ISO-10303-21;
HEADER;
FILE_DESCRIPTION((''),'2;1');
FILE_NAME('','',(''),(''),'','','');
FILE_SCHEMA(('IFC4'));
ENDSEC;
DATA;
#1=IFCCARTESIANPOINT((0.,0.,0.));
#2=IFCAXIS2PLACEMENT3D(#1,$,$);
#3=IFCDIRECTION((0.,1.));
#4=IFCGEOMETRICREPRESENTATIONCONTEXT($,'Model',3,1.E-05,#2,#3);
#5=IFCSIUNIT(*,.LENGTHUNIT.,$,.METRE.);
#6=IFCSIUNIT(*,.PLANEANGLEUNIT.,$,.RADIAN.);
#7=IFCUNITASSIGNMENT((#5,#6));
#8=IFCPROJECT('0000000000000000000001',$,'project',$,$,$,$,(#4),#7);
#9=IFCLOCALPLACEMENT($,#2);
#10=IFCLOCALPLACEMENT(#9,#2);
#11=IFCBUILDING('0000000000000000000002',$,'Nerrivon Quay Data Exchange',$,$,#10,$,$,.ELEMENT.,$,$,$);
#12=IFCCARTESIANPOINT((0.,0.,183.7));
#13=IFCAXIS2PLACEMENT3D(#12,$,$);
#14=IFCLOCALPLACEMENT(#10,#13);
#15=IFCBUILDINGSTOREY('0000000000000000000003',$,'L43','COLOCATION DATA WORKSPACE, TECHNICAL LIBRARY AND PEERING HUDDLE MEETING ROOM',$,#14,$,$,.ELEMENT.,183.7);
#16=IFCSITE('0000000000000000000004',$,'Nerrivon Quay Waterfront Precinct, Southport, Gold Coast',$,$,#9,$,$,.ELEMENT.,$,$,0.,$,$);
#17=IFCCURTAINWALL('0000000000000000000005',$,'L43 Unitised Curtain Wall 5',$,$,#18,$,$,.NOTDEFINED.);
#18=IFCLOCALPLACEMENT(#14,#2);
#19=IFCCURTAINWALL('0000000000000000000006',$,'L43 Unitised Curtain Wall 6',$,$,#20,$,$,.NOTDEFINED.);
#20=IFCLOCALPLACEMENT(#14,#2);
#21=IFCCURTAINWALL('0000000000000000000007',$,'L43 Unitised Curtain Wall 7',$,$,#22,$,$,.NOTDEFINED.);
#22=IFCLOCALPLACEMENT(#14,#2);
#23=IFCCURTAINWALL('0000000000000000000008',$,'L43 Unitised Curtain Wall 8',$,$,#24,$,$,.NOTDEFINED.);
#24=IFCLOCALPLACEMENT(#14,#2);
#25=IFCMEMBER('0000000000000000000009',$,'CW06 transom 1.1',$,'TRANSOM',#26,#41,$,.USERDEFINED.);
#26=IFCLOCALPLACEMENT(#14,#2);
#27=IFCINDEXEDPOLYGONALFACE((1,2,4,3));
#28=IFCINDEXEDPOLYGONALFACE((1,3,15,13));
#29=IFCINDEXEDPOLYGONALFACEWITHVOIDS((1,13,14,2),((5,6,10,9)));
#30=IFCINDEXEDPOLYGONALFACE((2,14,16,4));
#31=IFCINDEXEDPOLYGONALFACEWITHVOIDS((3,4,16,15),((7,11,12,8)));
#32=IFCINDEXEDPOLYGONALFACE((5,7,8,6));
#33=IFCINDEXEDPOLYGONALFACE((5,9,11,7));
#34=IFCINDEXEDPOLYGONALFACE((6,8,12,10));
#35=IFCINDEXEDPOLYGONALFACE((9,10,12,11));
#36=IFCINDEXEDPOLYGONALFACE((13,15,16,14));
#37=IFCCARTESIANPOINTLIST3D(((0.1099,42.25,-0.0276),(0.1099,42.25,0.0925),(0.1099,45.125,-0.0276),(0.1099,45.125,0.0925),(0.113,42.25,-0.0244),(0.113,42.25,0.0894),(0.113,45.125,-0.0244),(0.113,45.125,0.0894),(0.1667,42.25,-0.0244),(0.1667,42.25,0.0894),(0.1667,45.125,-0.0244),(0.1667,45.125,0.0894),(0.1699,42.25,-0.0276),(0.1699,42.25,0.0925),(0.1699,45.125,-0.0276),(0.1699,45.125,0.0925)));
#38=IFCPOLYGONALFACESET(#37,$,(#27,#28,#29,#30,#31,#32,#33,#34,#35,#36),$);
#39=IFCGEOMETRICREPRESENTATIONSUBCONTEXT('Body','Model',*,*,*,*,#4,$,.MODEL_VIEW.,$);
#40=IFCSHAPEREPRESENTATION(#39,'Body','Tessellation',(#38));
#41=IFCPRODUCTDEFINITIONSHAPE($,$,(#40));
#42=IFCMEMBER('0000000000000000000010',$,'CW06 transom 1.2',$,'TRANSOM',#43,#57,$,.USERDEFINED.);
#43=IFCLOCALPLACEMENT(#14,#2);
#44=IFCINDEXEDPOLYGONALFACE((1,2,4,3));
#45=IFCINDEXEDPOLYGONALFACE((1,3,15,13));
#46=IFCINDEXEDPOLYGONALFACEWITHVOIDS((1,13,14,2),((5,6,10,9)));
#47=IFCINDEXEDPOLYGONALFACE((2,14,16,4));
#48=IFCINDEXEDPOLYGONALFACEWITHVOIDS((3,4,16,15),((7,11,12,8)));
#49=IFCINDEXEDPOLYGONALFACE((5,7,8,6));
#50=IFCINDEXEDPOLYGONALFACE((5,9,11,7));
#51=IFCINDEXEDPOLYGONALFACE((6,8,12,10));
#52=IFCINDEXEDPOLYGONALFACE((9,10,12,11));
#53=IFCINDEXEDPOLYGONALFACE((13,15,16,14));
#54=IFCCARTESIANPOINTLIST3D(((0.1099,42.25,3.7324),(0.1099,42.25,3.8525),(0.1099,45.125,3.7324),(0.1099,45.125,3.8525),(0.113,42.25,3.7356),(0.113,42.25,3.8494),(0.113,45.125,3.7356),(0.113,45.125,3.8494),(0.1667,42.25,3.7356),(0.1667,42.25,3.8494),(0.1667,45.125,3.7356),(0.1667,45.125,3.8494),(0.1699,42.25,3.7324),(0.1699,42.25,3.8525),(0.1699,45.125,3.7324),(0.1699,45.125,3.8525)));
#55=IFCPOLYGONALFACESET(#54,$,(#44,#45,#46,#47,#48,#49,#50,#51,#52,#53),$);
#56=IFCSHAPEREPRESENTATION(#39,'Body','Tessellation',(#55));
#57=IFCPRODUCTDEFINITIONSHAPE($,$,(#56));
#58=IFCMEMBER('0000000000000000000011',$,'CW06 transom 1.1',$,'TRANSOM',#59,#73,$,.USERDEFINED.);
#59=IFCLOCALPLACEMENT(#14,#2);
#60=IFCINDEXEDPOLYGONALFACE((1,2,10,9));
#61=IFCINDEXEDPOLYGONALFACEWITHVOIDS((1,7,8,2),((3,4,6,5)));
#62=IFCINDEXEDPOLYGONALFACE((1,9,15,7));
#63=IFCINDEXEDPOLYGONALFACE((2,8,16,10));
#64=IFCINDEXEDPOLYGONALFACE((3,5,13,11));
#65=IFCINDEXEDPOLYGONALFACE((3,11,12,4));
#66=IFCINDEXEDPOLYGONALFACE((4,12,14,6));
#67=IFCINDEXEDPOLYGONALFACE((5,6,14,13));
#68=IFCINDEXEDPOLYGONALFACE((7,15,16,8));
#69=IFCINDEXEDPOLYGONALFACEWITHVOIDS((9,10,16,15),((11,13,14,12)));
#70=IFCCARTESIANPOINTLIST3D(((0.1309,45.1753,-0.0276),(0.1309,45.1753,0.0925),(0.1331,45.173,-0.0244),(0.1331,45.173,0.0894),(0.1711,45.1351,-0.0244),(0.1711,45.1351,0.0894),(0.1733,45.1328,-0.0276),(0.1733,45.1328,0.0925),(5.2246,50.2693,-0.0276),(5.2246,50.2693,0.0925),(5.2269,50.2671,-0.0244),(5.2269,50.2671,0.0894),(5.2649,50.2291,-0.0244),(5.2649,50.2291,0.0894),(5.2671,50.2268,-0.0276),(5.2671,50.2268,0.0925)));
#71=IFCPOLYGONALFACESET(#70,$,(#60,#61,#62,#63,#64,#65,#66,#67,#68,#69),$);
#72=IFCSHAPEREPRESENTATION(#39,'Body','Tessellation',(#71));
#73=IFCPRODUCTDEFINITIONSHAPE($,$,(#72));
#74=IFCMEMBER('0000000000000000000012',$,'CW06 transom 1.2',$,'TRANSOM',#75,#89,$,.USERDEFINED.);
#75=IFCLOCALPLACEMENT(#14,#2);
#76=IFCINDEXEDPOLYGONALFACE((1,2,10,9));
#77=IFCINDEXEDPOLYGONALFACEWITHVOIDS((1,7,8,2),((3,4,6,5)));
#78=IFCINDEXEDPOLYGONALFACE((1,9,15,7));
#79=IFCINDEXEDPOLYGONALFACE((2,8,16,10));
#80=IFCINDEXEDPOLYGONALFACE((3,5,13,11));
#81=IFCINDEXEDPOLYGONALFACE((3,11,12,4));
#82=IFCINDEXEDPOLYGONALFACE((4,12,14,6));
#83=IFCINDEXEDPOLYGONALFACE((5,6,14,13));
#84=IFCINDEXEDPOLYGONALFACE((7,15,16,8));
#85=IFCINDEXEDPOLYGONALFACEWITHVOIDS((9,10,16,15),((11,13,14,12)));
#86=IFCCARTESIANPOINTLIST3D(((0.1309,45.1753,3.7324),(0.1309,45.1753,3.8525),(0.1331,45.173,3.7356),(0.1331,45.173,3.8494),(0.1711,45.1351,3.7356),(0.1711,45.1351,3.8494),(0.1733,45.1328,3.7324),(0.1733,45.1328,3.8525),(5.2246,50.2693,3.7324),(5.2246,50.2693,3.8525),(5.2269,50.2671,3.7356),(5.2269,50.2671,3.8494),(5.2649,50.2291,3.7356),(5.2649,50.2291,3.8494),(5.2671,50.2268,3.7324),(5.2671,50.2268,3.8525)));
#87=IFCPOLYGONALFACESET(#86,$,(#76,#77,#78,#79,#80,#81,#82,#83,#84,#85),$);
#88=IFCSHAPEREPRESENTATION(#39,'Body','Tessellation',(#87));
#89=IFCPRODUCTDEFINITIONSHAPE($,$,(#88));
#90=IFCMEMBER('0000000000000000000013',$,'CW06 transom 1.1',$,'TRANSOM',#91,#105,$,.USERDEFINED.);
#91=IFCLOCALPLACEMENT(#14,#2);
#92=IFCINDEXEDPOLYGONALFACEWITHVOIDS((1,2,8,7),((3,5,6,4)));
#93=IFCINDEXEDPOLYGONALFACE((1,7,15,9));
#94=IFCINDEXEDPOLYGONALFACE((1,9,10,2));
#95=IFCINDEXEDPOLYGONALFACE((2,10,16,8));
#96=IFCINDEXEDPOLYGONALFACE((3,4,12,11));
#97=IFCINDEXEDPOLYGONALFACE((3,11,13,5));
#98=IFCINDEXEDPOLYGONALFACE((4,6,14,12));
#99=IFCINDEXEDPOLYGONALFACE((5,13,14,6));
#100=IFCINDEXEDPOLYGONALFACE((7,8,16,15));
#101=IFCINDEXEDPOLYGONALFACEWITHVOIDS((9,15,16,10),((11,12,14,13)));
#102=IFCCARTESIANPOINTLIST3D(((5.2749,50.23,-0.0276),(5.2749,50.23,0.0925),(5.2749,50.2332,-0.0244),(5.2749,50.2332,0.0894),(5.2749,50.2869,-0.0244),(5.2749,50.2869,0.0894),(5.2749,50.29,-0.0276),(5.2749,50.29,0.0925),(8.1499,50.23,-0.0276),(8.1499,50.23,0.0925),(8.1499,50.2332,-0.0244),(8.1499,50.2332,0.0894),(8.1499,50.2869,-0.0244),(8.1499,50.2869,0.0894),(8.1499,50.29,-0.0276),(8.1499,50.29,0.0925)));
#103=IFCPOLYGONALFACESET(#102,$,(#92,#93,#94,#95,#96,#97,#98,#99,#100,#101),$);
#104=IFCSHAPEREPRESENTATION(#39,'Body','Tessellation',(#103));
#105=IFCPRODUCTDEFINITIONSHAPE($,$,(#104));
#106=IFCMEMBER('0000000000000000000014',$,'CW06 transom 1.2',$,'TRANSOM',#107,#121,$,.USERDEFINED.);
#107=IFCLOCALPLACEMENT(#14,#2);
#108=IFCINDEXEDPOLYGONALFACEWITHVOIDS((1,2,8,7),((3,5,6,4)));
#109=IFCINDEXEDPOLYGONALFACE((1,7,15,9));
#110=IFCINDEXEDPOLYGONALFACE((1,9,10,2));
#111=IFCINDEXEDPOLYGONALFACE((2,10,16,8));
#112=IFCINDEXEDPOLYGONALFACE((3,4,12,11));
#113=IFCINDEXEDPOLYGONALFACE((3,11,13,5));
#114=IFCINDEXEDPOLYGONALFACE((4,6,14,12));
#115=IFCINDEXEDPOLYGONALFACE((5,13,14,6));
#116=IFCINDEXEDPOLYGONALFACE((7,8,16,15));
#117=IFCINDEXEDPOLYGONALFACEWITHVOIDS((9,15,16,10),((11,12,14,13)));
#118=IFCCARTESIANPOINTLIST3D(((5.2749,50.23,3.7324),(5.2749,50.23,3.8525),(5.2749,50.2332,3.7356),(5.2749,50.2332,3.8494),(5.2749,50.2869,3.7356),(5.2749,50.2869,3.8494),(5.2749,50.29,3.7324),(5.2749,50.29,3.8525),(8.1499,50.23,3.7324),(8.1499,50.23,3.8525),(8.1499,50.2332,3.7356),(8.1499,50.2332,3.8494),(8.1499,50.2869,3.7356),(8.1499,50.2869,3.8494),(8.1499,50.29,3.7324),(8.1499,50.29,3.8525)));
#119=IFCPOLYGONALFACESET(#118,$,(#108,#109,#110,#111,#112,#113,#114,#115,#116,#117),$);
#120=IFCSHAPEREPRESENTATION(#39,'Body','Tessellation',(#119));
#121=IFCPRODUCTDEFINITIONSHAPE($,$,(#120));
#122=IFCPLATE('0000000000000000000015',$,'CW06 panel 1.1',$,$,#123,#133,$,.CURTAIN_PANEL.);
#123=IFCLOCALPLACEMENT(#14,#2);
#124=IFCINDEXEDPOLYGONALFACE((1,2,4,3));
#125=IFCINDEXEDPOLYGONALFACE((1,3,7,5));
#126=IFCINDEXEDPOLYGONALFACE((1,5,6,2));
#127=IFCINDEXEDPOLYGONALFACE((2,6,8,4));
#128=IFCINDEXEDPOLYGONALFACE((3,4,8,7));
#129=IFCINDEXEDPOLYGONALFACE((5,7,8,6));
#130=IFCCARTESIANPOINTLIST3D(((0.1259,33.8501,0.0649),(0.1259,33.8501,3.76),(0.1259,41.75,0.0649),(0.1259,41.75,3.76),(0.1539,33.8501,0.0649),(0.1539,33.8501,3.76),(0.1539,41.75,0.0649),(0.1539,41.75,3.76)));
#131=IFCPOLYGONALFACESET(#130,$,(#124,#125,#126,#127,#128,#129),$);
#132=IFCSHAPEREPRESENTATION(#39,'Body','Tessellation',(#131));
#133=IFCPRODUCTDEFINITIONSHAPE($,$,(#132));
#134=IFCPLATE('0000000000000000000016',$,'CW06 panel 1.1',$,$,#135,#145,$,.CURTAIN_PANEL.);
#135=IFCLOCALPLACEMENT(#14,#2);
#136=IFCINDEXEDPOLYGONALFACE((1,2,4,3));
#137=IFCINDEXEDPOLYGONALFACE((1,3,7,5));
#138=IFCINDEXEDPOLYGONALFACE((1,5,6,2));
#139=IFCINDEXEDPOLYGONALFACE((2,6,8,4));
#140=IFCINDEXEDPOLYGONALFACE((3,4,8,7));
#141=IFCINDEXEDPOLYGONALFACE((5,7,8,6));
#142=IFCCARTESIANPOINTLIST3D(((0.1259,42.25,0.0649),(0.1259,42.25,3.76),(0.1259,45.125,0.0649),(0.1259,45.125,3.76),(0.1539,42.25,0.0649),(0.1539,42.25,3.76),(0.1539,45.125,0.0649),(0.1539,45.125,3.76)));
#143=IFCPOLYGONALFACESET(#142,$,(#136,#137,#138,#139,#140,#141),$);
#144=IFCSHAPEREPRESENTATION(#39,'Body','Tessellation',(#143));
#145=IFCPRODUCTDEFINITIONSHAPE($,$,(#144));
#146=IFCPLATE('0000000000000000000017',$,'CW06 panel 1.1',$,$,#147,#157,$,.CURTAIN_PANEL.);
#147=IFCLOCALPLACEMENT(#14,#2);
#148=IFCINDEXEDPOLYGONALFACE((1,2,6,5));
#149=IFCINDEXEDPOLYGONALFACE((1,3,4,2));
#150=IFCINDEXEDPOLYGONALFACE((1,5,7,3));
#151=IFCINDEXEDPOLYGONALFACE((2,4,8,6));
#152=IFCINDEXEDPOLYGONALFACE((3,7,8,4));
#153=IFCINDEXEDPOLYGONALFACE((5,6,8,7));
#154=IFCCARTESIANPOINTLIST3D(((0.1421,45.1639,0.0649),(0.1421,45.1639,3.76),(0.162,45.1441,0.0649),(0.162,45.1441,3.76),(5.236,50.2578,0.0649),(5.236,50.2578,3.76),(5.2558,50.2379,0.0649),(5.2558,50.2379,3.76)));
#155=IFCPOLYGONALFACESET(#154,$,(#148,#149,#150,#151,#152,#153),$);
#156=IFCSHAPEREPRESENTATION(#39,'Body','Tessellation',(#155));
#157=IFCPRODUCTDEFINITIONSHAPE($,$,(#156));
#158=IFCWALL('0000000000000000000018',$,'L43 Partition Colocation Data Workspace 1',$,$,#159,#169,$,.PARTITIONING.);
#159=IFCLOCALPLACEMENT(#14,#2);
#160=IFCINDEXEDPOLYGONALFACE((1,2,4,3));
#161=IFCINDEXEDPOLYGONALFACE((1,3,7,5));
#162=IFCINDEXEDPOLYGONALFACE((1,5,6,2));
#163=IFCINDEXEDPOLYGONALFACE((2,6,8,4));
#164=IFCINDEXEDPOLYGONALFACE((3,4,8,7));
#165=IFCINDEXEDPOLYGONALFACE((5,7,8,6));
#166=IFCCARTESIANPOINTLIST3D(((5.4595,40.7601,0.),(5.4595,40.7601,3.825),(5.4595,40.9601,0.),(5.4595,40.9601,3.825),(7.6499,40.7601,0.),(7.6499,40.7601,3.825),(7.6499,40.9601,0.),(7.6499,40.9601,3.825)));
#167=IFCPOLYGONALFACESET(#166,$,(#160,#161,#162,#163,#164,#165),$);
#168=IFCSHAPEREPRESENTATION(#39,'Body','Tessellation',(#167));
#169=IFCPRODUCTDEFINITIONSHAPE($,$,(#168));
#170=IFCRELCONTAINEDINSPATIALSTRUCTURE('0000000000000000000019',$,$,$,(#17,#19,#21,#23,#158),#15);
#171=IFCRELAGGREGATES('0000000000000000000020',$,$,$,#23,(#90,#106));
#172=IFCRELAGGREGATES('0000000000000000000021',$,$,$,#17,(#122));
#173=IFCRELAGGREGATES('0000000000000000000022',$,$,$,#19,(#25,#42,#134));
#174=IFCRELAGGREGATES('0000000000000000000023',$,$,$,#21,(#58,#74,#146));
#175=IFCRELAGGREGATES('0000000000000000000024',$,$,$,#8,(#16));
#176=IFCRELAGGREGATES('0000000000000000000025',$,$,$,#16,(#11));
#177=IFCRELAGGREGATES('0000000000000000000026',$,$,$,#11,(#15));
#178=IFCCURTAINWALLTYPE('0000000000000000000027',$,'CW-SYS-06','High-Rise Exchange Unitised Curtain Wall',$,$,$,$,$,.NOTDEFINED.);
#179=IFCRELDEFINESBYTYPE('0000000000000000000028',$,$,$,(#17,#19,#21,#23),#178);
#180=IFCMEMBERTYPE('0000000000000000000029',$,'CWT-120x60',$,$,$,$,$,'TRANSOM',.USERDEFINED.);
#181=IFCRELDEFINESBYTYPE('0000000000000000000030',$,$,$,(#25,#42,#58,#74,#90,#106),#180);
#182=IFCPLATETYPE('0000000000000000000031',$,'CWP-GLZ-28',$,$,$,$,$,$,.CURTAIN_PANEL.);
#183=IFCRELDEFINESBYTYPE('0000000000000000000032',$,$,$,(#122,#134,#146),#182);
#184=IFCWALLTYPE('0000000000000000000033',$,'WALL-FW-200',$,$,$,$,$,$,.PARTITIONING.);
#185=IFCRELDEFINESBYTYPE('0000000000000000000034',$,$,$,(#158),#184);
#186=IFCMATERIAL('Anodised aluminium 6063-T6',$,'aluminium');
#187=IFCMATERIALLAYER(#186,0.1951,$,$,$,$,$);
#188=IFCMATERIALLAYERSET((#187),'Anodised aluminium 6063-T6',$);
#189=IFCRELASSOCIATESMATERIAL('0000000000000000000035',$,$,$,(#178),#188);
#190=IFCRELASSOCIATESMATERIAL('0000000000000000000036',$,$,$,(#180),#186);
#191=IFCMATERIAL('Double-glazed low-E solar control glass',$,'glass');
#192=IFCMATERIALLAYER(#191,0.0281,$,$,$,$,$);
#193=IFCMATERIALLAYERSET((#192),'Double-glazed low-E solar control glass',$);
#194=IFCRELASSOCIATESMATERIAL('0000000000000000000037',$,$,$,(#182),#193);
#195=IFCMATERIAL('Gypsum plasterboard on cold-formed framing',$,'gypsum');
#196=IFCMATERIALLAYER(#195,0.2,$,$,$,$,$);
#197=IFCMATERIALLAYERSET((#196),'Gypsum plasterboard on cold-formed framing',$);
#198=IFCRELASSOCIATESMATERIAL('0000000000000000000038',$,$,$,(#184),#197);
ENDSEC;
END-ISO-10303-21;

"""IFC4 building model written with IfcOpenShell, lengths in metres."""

from ifc_helpers import new_model, si_unit, direction, frame, frame_2d, origin, origin_2d, place, context, subcontext, project, spatial, rectangle, hollow_rectangle, extrude, material, layer, layer_set, material_profile, profile_set, type_object, element, aggregate, save


model = new_model("IFC4")

# Units and contexts
model_context = context("Model", 3, precision=1e-05, world=origin(), true_north=direction((0.0, 1.0)))
body_context = subcontext(model_context, "Body", "Model", "MODEL_VIEW")
ifc_project = project(units=[si_unit("LENGTHUNIT", "METRE"), si_unit("PLANEANGLEUNIT", "RADIAN")], contexts=[model_context])

# Site, building, storey
site_placement = place(None, origin())
site = spatial("IfcSite", under=ifc_project, at=site_placement, Name="Nerrivon Quay Waterfront Precinct, Southport, Gold Coast", CompositionType="ELEMENT", RefElevation=0.0)
building_placement = place(site_placement, origin())
building = spatial("IfcBuilding", under=site, at=building_placement, Name="Nerrivon Quay Data Exchange", CompositionType="ELEMENT")
storey_placement = place(building_placement, frame((0.0, 0.0, 183.7)))
storey = spatial("IfcBuildingStorey", under=building, at=storey_placement, Name="L43", Description="COLOCATION DATA WORKSPACE, TECHNICAL LIBRARY AND PEERING HUDDLE MEETING ROOM", CompositionType="ELEMENT", Elevation=183.7)

# Curtain wall
ifc_material_1 = material(Name="Anodised aluminium 6063-T6", Category="aluminium")
ifc_layer_1 = layer(ifc_material_1, 0.1951)
ifc_layer_set_1 = layer_set([ifc_layer_1], Name="Anodised aluminium 6063-T6")
curtain_wall_type = type_object("IfcCurtainWallType", Name="CW-SYS-06", Description="High-Rise Exchange Unitised Curtain Wall", PredefinedType="NOTDEFINED", material=ifc_layer_set_1)
curtain_wall_1_placement = place(storey_placement, origin())
curtain_wall_1 = element("IfcCurtainWall", 1, at=curtain_wall_1_placement, inside=storey, type_object=curtain_wall_type, Name="L43 Unitised Curtain Wall 5", PredefinedType="NOTDEFINED")

# Curtain walls
curtain_wall_2_placement = place(storey_placement, origin())
curtain_wall_2 = element("IfcCurtainWall", 2, at=curtain_wall_2_placement, inside=storey, type_object=curtain_wall_type, Name="L43 Unitised Curtain Wall 6", PredefinedType="NOTDEFINED")
curtain_wall_3_placement = place(storey_placement, origin())
curtain_wall_3 = element("IfcCurtainWall", 3, at=curtain_wall_3_placement, inside=storey, type_object=curtain_wall_type, Name="L43 Unitised Curtain Wall 7", PredefinedType="NOTDEFINED")

# Curtain wall
curtain_wall_4_placement = place(storey_placement, origin())
curtain_wall_4 = element("IfcCurtainWall", 4, at=curtain_wall_4_placement, inside=storey, type_object=curtain_wall_type, Name="L43 Unitised Curtain Wall 8", PredefinedType="NOTDEFINED")

# Members
ifc_material_profile_1 = material_profile(ifc_material_1, hollow_rectangle(XDim=0.0601, YDim=0.1201, WallThickness=0.0032, at=origin_2d()), Name="ALU-TRAN-120x60")
ifc_profile_set_1 = profile_set([ifc_material_profile_1], Name="Anodised aluminium 6063-T6")
member_type_1 = type_object("IfcMemberType", Name="CWT-120x60", ElementType="TRANSOM", PredefinedType="USERDEFINED", material=ifc_profile_set_1)
member_1_placement = place(storey_placement, frame((0.1399, 42.25, 0.0325), z_axis=(0.0, 1.0, 0.0), x_axis=(-1.0, 0.0, 0.0)))
member_1 = element("IfcMember", 5, at=member_1_placement, type_object=member_type_1, Name="CW06 transom 1.1", ObjectType="TRANSOM", PredefinedType="USERDEFINED", context=body_context, shape_type="SweptSolid", body=[
    extrude(hollow_rectangle(XDim=0.0601, YDim=0.1201, WallThickness=0.0032, at=origin_2d()), origin(), (0.0, 0.0, 1.0), 2.875),
])
member_2_placement = place(storey_placement, frame((0.1399, 42.25, 3.7925), z_axis=(0.0, 1.0, 0.0), x_axis=(-1.0, 0.0, 0.0)))
member_2 = element("IfcMember", 6, at=member_2_placement, type_object=member_type_1, Name="CW06 transom 1.2", ObjectType="TRANSOM", PredefinedType="USERDEFINED", context=body_context, shape_type="SweptSolid", body=[
    extrude(hollow_rectangle(XDim=0.0601, YDim=0.1201, WallThickness=0.0032, at=origin_2d()), origin(), (0.0, 0.0, 1.0), 2.875),
])
member_3_placement = place(storey_placement, frame((0.1521, 45.1541, 0.0325), z_axis=(0.70709, 0.707124, 0.0), x_axis=(-0.707124, 0.70709, 0.0)))
member_3 = element("IfcMember", 7, at=member_3_placement, type_object=member_type_1, Name="CW06 transom 1.1", ObjectType="TRANSOM", PredefinedType="USERDEFINED", context=body_context, shape_type="SweptSolid", body=[
    extrude(hollow_rectangle(XDim=0.0601, YDim=0.1201, WallThickness=0.0032, at=origin_2d()), origin(), (0.0, 0.0, 1.0), 7.2039),
])
member_4_placement = place(storey_placement, frame((0.1521, 45.1541, 3.7925), z_axis=(0.70709, 0.707124, 0.0), x_axis=(-0.707124, 0.70709, 0.0)))
member_4 = element("IfcMember", 8, at=member_4_placement, type_object=member_type_1, Name="CW06 transom 1.2", ObjectType="TRANSOM", PredefinedType="USERDEFINED", context=body_context, shape_type="SweptSolid", body=[
    extrude(hollow_rectangle(XDim=0.0601, YDim=0.1201, WallThickness=0.0032, at=origin_2d()), origin(), (0.0, 0.0, 1.0), 7.2039),
])
member_5_placement = place(storey_placement, frame((5.2749, 50.26, 0.0325), z_axis=(1.0, 0.0, 0.0), x_axis=(0.0, 1.0, 0.0)))
member_5 = element("IfcMember", 9, at=member_5_placement, type_object=member_type_1, Name="CW06 transom 1.1", ObjectType="TRANSOM", PredefinedType="USERDEFINED", context=body_context, shape_type="SweptSolid", body=[
    extrude(hollow_rectangle(XDim=0.0601, YDim=0.1201, WallThickness=0.0032, at=origin_2d()), origin(), (0.0, 0.0, 1.0), 2.875),
])
member_6_placement = place(storey_placement, frame((5.2749, 50.26, 3.7925), z_axis=(1.0, 0.0, 0.0), x_axis=(0.0, 1.0, 0.0)))
member_6 = element("IfcMember", 10, at=member_6_placement, type_object=member_type_1, Name="CW06 transom 1.2", ObjectType="TRANSOM", PredefinedType="USERDEFINED", context=body_context, shape_type="SweptSolid", body=[
    extrude(hollow_rectangle(XDim=0.0601, YDim=0.1201, WallThickness=0.0032, at=origin_2d()), origin(), (0.0, 0.0, 1.0), 2.875),
])
aggregate(curtain_wall_4, [member_5, member_6])

# Plates
ifc_material_2 = material(Name="Double-glazed low-E solar control glass", Category="glass")
ifc_layer_2 = layer(ifc_material_2, 0.0281)
ifc_layer_set_2 = layer_set([ifc_layer_2], Name="Double-glazed low-E solar control glass")
plate_type = type_object("IfcPlateType", Name="CWP-GLZ-28", PredefinedType="CURTAIN_PANEL", material=ifc_layer_set_2)
plate_1_placement = place(storey_placement, frame((0.1399, 37.8, 0.0649), z_axis=(0.0, 0.0, 1.0), x_axis=(0.0, 1.0, 0.0)))
plate_1 = element("IfcPlate", 11, at=plate_1_placement, type_object=plate_type, Name="CW06 panel 1.1", PredefinedType="CURTAIN_PANEL", context=body_context, shape_type="SweptSolid", body=[
    extrude(rectangle(XDim=7.8999, YDim=0.0281, at=origin_2d()), origin(), (0.0, 0.0, 1.0), 3.6951),
])
aggregate(curtain_wall_1, [plate_1])
plate_2_placement = place(storey_placement, frame((0.1399, 43.6875, 0.0649), z_axis=(0.0, 0.0, 1.0), x_axis=(0.0, 1.0, 0.0)))
plate_2 = element("IfcPlate", 12, at=plate_2_placement, type_object=plate_type, Name="CW06 panel 1.1", PredefinedType="CURTAIN_PANEL", context=body_context, shape_type="SweptSolid", body=[
    extrude(rectangle(XDim=2.875, YDim=0.0281, at=origin_2d()), origin(), (0.0, 0.0, 1.0), 3.6951),
])
aggregate(curtain_wall_2, [member_1, member_2, plate_2])
plate_3_placement = place(storey_placement, frame((2.699, 47.7009, 0.0649), z_axis=(0.0, 0.0, 1.0), x_axis=(0.707107, 0.707107, 0.0)))
plate_3 = element("IfcPlate", 13, at=plate_3_placement, type_object=plate_type, Name="CW06 panel 1.1", PredefinedType="CURTAIN_PANEL", context=body_context, shape_type="SweptSolid", body=[
    extrude(rectangle(XDim=7.2039, YDim=0.0281, at=origin_2d()), origin(), (0.0, 0.0, 1.0), 3.6951),
])
aggregate(curtain_wall_3, [member_3, member_4, plate_3])

# Wall
ifc_material_3 = material(Name="Gypsum plasterboard on cold-formed framing", Category="gypsum")
ifc_layer_3 = layer(ifc_material_3, 0.2)
ifc_layer_set_3 = layer_set([ifc_layer_3], Name="Gypsum plasterboard on cold-formed framing")
wall_type_1 = type_object("IfcWallType", Name="WALL-FW-200", PredefinedType="PARTITIONING", material=ifc_layer_set_3)
wall_1_placement = place(storey_placement, frame((5.4595, 40.8601, 0.0), z_axis=(0.0, 0.0, 1.0), x_axis=(1.0, 0.0, 0.0)))
element("IfcWall", 14, at=wall_1_placement, inside=storey, type_object=wall_type_1, Name="L43 Partition Colocation Data Workspace 1", PredefinedType="PARTITIONING", context=body_context, shape_type="SweptSolid", body=[
    extrude(rectangle(XDim=2.1904, YDim=0.2, at=frame_2d((1.0952, 0.0))), origin(), (0.0, 0.0, 1.0), 3.825),
])

save(model, "model.ifc")
